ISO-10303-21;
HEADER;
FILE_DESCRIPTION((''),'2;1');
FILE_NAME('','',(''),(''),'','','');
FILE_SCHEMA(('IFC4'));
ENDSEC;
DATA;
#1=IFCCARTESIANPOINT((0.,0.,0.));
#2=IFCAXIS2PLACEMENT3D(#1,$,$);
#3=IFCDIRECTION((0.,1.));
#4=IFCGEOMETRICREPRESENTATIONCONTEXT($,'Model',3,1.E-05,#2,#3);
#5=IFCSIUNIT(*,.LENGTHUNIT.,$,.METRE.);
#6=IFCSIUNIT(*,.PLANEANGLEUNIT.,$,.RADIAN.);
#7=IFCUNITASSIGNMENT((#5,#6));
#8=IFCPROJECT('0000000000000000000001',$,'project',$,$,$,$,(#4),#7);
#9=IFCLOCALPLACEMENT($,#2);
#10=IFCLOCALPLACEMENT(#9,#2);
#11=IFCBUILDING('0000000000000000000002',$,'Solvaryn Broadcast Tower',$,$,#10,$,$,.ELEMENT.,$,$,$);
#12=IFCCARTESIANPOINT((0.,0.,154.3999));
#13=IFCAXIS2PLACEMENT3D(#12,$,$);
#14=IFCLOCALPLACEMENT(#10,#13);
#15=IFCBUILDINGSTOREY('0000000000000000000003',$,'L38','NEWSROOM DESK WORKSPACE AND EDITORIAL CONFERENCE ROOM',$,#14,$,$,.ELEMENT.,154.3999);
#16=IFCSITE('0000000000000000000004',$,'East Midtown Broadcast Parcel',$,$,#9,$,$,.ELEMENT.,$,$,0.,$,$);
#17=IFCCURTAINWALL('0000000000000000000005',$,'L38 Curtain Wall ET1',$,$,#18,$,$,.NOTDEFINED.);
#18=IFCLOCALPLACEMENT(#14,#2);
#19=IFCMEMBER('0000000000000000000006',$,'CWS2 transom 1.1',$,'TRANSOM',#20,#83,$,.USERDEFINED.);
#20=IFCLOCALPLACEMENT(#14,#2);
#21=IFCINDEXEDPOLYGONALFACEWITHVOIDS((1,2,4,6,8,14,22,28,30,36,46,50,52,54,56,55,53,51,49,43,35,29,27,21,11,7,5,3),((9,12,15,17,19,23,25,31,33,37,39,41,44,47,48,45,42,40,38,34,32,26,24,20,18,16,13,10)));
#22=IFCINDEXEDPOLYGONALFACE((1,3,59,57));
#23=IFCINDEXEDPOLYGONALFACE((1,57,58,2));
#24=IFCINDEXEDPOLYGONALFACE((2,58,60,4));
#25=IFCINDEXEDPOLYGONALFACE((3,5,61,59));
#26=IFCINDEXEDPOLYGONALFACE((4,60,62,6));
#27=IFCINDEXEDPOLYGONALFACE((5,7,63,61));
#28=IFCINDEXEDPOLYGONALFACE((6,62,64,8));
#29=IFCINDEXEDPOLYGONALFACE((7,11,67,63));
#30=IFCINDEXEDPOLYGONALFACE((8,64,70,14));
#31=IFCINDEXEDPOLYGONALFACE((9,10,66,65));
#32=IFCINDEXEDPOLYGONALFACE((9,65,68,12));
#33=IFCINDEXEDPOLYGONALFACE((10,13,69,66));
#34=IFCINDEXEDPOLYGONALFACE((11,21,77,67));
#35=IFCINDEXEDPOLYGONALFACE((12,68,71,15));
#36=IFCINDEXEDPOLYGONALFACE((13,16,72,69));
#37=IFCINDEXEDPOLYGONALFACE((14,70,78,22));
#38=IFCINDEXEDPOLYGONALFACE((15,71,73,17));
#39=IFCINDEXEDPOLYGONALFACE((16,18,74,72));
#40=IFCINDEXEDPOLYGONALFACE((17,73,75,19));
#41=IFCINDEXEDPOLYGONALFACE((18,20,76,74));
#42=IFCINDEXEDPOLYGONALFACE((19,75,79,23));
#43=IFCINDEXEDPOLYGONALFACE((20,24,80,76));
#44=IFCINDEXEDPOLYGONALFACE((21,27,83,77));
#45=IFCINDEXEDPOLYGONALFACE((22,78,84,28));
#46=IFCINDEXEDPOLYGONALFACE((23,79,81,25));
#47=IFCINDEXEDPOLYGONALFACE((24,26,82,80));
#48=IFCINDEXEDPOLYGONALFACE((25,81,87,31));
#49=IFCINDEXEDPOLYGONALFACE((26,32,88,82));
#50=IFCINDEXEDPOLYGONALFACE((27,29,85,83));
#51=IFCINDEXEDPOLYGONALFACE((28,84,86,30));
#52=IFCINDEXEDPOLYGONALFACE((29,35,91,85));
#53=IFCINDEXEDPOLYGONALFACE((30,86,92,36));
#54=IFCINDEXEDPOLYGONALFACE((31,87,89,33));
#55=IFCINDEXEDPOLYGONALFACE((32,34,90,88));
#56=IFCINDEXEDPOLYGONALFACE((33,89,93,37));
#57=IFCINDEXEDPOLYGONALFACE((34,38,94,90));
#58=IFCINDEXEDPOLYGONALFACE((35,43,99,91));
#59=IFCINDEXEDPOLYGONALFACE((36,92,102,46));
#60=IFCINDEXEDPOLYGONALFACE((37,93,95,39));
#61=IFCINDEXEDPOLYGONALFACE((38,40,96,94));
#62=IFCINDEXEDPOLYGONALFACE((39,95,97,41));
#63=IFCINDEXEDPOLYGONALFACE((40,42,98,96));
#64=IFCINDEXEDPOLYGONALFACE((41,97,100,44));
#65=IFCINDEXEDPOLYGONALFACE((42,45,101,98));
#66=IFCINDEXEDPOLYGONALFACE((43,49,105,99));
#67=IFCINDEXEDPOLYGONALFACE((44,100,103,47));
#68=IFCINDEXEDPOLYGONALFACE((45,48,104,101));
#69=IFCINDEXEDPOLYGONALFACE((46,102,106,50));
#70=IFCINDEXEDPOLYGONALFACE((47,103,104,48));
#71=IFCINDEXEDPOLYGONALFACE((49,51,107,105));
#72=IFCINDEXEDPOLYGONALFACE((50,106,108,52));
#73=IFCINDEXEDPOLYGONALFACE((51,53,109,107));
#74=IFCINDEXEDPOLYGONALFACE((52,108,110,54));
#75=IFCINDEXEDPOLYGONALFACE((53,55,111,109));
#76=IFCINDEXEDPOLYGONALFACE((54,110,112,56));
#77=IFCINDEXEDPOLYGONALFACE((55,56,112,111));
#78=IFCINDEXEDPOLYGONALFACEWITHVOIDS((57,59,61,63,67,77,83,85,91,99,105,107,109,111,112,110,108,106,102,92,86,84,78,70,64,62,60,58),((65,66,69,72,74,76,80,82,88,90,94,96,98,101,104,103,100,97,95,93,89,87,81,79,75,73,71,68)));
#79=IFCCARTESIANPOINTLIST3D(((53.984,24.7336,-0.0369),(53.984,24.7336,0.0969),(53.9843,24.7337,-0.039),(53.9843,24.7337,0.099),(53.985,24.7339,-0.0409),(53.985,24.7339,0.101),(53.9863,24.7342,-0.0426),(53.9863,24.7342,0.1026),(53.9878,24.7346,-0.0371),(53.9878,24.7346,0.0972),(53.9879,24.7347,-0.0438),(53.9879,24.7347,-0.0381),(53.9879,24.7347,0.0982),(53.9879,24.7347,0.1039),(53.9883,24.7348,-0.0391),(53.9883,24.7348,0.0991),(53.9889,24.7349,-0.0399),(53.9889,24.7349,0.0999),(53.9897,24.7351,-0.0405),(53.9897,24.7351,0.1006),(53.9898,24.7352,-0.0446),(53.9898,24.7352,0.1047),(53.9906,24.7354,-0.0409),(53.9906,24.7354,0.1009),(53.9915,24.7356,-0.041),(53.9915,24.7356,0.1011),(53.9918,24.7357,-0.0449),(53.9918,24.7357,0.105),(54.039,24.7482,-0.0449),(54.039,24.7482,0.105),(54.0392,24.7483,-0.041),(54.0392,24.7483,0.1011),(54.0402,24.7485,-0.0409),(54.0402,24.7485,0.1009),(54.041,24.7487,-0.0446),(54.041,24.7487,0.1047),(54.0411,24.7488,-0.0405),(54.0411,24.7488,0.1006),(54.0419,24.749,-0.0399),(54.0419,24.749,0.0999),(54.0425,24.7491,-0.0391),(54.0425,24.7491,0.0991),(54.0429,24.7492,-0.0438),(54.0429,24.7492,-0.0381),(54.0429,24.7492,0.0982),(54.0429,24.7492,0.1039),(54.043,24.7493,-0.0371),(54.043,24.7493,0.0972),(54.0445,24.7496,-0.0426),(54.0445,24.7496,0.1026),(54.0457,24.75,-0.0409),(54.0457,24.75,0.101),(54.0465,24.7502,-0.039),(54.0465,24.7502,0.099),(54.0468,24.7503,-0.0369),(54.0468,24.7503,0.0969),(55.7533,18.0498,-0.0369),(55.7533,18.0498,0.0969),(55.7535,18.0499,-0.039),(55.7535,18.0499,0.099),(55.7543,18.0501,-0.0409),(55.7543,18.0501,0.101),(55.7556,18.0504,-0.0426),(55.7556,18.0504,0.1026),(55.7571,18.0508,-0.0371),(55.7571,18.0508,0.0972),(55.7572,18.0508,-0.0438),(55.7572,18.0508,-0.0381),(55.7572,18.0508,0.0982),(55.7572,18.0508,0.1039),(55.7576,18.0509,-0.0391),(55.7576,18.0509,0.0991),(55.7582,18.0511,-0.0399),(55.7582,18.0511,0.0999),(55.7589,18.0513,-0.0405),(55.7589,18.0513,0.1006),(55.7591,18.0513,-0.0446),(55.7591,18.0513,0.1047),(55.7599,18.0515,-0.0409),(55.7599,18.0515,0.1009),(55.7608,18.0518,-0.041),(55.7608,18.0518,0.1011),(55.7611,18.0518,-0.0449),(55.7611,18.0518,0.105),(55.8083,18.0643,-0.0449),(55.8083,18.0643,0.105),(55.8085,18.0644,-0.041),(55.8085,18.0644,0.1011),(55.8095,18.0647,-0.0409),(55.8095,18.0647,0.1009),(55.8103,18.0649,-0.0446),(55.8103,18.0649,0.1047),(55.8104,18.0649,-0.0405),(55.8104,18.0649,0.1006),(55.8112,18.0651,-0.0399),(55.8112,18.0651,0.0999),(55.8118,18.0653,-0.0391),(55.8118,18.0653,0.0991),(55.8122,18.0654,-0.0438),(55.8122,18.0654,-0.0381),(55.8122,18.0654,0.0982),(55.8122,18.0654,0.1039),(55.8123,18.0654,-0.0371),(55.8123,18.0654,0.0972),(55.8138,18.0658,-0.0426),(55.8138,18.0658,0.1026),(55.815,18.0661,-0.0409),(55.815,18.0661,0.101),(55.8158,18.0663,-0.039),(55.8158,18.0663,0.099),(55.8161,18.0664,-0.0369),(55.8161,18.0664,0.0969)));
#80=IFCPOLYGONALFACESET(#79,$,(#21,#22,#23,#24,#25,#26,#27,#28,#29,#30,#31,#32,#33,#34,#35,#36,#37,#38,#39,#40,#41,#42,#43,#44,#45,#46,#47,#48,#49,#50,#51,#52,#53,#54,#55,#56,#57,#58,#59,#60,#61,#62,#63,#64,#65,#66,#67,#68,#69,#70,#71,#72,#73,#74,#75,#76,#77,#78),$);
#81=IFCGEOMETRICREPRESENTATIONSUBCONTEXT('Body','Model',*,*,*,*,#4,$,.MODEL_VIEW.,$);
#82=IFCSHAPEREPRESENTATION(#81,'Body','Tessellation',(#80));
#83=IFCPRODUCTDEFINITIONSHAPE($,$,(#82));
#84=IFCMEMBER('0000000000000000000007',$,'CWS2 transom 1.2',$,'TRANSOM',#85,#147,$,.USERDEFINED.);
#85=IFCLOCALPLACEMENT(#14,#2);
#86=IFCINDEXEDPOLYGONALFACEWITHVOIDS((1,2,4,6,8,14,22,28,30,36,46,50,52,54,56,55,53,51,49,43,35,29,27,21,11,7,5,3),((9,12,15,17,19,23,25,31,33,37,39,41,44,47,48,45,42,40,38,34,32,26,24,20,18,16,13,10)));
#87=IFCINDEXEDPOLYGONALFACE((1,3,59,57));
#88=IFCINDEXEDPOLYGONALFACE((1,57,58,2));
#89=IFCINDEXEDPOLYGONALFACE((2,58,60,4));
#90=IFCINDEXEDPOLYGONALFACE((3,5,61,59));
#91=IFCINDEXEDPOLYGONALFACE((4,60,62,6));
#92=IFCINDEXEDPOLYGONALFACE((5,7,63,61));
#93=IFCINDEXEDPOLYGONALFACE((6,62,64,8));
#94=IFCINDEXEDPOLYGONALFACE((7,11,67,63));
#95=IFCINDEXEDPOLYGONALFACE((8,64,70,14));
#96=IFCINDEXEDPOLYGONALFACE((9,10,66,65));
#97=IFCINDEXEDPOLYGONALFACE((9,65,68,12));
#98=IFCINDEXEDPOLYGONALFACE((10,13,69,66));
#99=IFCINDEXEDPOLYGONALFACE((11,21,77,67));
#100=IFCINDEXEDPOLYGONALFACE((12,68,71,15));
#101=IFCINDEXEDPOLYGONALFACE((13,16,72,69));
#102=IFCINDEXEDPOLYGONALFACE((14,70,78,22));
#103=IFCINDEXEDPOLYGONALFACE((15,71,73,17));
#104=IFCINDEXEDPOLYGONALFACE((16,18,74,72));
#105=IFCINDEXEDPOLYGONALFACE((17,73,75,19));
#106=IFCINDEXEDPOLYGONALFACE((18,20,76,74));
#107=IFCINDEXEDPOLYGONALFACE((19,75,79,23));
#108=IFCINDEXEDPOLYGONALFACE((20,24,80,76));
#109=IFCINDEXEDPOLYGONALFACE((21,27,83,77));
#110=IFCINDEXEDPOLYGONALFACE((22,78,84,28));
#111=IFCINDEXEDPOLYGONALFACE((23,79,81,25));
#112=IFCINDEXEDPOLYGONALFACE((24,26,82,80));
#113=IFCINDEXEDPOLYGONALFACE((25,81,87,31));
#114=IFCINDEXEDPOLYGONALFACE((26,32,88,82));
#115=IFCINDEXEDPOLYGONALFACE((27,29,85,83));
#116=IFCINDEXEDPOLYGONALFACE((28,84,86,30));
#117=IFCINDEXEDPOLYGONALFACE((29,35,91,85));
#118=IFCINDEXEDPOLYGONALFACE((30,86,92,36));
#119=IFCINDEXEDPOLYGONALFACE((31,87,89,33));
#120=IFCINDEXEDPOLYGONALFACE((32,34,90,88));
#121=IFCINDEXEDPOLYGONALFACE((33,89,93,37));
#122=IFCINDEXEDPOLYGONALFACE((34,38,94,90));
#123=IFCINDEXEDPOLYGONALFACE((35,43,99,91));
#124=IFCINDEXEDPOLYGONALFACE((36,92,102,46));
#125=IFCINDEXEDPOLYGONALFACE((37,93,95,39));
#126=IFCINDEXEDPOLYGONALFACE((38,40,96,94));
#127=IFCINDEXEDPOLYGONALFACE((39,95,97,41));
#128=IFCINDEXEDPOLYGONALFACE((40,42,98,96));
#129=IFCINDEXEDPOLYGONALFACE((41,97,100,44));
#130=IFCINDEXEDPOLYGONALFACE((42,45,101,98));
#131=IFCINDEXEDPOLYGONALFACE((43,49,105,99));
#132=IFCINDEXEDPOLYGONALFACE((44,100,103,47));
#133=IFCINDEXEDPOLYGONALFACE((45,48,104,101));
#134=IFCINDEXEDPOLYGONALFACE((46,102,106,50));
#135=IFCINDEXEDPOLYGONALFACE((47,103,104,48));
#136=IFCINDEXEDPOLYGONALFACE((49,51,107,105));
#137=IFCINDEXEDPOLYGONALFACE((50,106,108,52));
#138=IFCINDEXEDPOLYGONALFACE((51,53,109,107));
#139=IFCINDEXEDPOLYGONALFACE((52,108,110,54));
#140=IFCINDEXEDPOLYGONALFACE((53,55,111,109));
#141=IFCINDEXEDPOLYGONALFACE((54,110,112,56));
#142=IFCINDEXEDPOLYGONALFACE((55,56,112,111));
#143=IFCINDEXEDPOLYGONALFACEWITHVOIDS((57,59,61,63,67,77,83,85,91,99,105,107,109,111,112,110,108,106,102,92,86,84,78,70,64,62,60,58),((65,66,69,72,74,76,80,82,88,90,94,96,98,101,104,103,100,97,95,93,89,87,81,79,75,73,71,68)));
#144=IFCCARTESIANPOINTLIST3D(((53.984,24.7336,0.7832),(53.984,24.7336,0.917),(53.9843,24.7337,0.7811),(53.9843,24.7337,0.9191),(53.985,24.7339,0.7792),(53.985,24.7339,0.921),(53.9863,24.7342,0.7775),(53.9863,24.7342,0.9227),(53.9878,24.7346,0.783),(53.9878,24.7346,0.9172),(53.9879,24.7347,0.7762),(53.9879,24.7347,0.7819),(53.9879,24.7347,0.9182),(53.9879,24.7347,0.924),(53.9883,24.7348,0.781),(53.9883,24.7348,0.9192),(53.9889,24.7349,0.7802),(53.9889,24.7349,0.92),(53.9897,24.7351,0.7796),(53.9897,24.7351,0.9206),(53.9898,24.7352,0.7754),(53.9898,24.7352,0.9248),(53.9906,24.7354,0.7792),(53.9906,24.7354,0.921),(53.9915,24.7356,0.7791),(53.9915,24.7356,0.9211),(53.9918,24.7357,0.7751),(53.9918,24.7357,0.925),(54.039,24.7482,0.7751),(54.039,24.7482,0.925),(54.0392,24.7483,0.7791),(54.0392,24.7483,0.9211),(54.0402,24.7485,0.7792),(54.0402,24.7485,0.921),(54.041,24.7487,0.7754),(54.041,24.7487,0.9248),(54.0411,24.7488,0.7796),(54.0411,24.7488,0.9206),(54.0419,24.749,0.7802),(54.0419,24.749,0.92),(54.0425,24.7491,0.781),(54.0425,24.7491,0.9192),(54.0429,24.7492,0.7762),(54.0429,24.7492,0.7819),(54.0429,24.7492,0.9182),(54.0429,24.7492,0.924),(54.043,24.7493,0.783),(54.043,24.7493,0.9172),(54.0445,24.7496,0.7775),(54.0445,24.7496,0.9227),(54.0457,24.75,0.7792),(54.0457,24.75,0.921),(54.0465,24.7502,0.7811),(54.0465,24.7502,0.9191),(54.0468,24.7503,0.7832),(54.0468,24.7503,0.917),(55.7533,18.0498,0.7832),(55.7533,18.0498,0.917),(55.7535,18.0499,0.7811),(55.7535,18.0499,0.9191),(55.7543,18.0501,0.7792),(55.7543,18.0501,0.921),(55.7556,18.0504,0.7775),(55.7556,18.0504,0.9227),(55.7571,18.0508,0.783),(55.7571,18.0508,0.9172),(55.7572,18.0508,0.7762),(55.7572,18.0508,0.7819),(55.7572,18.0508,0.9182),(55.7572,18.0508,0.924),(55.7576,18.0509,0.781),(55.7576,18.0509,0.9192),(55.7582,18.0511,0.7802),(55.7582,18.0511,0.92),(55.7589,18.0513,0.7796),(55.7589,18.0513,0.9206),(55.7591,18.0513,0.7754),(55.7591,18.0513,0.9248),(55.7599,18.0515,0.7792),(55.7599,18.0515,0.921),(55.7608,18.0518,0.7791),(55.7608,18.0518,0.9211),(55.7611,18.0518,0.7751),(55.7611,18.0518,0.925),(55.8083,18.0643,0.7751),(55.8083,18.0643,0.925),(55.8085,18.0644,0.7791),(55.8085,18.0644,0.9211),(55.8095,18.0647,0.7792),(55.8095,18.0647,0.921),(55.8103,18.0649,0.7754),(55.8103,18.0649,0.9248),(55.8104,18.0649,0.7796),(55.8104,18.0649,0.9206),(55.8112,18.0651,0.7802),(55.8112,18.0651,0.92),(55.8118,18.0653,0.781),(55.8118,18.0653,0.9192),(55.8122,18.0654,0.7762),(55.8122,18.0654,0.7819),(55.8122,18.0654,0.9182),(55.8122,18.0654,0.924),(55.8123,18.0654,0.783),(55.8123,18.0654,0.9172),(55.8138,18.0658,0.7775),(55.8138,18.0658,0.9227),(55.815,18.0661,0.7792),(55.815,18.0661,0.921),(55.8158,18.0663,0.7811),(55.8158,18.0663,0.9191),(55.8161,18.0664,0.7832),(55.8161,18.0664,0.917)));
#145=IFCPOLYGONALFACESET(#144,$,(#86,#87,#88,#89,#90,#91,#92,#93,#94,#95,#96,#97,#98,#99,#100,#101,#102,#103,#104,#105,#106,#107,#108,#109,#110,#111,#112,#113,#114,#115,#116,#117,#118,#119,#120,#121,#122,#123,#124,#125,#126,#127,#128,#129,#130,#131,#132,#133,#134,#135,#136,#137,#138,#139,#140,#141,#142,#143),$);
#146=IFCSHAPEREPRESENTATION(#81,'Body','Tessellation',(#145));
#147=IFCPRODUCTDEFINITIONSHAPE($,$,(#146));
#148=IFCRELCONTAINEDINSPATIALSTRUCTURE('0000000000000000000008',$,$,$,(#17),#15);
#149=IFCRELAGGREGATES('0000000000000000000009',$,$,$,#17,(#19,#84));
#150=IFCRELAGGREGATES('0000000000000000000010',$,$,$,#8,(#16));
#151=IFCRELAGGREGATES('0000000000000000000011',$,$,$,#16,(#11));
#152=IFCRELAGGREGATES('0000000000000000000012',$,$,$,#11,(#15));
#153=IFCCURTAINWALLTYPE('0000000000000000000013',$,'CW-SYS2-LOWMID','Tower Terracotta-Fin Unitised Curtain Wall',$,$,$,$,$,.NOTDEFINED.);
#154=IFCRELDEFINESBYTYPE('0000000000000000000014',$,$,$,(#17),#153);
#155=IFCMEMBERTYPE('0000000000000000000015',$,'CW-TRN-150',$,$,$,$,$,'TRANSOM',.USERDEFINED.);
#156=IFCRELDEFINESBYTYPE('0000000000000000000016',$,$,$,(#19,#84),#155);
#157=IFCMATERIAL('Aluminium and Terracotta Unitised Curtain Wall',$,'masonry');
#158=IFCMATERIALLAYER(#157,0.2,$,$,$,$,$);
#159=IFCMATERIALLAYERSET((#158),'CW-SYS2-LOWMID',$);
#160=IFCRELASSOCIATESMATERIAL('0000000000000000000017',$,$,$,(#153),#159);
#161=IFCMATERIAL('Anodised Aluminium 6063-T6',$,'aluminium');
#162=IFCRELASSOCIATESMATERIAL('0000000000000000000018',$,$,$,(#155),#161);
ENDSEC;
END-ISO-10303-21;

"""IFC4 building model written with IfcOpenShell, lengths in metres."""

from ifc_helpers import new_model, si_unit, direction, frame, origin, origin_2d, place, context, subcontext, project, spatial, hollow_rectangle, extrude, material, layer, layer_set, material_profile, profile_set, type_object, element, aggregate, save


model = new_model("IFC4")

# Units and contexts
model_context = context("Model", 3, precision=1e-05, world=origin(), true_north=direction((0.0, 1.0)))
body_context = subcontext(model_context, "Body", "Model", "MODEL_VIEW")
ifc_project = project(units=[si_unit("LENGTHUNIT", "METRE"), si_unit("PLANEANGLEUNIT", "RADIAN")], contexts=[model_context])

# Site, building, storey
site_placement = place(None, origin())
site = spatial("IfcSite", under=ifc_project, at=site_placement, Name="East Midtown Broadcast Parcel", CompositionType="ELEMENT", RefElevation=0.0)
building_placement = place(site_placement, origin())
building = spatial("IfcBuilding", under=site, at=building_placement, Name="Solvaryn Broadcast Tower", CompositionType="ELEMENT")
storey_placement = place(building_placement, frame((0.0, 0.0, 154.3999)))
storey = spatial("IfcBuildingStorey", under=building, at=storey_placement, Name="L38", Description="NEWSROOM DESK WORKSPACE AND EDITORIAL CONFERENCE ROOM", CompositionType="ELEMENT", Elevation=154.3999)

# Curtain wall
ifc_material_1 = material(Name="Aluminium and Terracotta Unitised Curtain Wall", Category="masonry")
ifc_layer_1 = layer(ifc_material_1, 0.2)
ifc_layer_set_1 = layer_set([ifc_layer_1], Name="CW-SYS2-LOWMID")
curtain_wall_type = type_object("IfcCurtainWallType", Name="CW-SYS2-LOWMID", Description="Tower Terracotta-Fin Unitised Curtain Wall", PredefinedType="NOTDEFINED", material=ifc_layer_set_1)
curtain_wall_1_placement = place(storey_placement, origin())
curtain_wall_1 = element("IfcCurtainWall", 1, at=curtain_wall_1_placement, inside=storey, type_object=curtain_wall_type, Name="L38 Curtain Wall ET1", PredefinedType="NOTDEFINED")

# Members
ifc_material_2 = material(Name="Anodised Aluminium 6063-T6", Category="aluminium")
ifc_material_profile_1 = material_profile(ifc_material_2, hollow_rectangle(XDim=0.0649, YDim=0.1499, WallThickness=0.0039, InnerFilletRadius=0.0039, OuterFilletRadius=0.0081, at=origin_2d()))
ifc_profile_set_1 = profile_set([ifc_material_profile_1], Name="Anodised Aluminium 6063-T6")
member_type_1 = type_object("IfcMemberType", Name="CW-TRN-150", ElementType="TRANSOM", PredefinedType="USERDEFINED", material=ifc_profile_set_1)
member_1_placement = place(storey_placement, frame((54.0154, 24.7419, 0.03), z_axis=(0.255897, -0.966704, 0.0), x_axis=(0.966704, 0.255897, 0.0)))
member_1 = element("IfcMember", 2, at=member_1_placement, type_object=member_type_1, Name="CWS2 transom 1.1", ObjectType="TRANSOM", PredefinedType="USERDEFINED", context=body_context, shape_type="SweptSolid", body=[
    extrude(hollow_rectangle(XDim=0.0649, YDim=0.1499, WallThickness=0.0039, InnerFilletRadius=0.0039, OuterFilletRadius=0.0081, at=origin_2d()), origin(), (0.0, 0.0, 1.0), 6.9141),
])
member_2_placement = place(storey_placement, frame((54.0154, 24.7419, 0.8501), z_axis=(0.255897, -0.966704, 0.0), x_axis=(0.966704, 0.255897, 0.0)))
member_2 = element("IfcMember", 3, at=member_2_placement, type_object=member_type_1, Name="CWS2 transom 1.2", ObjectType="TRANSOM", PredefinedType="USERDEFINED", context=body_context, shape_type="SweptSolid", body=[
    extrude(hollow_rectangle(XDim=0.0649, YDim=0.1499, WallThickness=0.0039, InnerFilletRadius=0.0039, OuterFilletRadius=0.0081, at=origin_2d()), origin(), (0.0, 0.0, 1.0), 6.9141),
])

aggregate(curtain_wall_1, [member_1, member_2])

save(model, "model.ifc")
